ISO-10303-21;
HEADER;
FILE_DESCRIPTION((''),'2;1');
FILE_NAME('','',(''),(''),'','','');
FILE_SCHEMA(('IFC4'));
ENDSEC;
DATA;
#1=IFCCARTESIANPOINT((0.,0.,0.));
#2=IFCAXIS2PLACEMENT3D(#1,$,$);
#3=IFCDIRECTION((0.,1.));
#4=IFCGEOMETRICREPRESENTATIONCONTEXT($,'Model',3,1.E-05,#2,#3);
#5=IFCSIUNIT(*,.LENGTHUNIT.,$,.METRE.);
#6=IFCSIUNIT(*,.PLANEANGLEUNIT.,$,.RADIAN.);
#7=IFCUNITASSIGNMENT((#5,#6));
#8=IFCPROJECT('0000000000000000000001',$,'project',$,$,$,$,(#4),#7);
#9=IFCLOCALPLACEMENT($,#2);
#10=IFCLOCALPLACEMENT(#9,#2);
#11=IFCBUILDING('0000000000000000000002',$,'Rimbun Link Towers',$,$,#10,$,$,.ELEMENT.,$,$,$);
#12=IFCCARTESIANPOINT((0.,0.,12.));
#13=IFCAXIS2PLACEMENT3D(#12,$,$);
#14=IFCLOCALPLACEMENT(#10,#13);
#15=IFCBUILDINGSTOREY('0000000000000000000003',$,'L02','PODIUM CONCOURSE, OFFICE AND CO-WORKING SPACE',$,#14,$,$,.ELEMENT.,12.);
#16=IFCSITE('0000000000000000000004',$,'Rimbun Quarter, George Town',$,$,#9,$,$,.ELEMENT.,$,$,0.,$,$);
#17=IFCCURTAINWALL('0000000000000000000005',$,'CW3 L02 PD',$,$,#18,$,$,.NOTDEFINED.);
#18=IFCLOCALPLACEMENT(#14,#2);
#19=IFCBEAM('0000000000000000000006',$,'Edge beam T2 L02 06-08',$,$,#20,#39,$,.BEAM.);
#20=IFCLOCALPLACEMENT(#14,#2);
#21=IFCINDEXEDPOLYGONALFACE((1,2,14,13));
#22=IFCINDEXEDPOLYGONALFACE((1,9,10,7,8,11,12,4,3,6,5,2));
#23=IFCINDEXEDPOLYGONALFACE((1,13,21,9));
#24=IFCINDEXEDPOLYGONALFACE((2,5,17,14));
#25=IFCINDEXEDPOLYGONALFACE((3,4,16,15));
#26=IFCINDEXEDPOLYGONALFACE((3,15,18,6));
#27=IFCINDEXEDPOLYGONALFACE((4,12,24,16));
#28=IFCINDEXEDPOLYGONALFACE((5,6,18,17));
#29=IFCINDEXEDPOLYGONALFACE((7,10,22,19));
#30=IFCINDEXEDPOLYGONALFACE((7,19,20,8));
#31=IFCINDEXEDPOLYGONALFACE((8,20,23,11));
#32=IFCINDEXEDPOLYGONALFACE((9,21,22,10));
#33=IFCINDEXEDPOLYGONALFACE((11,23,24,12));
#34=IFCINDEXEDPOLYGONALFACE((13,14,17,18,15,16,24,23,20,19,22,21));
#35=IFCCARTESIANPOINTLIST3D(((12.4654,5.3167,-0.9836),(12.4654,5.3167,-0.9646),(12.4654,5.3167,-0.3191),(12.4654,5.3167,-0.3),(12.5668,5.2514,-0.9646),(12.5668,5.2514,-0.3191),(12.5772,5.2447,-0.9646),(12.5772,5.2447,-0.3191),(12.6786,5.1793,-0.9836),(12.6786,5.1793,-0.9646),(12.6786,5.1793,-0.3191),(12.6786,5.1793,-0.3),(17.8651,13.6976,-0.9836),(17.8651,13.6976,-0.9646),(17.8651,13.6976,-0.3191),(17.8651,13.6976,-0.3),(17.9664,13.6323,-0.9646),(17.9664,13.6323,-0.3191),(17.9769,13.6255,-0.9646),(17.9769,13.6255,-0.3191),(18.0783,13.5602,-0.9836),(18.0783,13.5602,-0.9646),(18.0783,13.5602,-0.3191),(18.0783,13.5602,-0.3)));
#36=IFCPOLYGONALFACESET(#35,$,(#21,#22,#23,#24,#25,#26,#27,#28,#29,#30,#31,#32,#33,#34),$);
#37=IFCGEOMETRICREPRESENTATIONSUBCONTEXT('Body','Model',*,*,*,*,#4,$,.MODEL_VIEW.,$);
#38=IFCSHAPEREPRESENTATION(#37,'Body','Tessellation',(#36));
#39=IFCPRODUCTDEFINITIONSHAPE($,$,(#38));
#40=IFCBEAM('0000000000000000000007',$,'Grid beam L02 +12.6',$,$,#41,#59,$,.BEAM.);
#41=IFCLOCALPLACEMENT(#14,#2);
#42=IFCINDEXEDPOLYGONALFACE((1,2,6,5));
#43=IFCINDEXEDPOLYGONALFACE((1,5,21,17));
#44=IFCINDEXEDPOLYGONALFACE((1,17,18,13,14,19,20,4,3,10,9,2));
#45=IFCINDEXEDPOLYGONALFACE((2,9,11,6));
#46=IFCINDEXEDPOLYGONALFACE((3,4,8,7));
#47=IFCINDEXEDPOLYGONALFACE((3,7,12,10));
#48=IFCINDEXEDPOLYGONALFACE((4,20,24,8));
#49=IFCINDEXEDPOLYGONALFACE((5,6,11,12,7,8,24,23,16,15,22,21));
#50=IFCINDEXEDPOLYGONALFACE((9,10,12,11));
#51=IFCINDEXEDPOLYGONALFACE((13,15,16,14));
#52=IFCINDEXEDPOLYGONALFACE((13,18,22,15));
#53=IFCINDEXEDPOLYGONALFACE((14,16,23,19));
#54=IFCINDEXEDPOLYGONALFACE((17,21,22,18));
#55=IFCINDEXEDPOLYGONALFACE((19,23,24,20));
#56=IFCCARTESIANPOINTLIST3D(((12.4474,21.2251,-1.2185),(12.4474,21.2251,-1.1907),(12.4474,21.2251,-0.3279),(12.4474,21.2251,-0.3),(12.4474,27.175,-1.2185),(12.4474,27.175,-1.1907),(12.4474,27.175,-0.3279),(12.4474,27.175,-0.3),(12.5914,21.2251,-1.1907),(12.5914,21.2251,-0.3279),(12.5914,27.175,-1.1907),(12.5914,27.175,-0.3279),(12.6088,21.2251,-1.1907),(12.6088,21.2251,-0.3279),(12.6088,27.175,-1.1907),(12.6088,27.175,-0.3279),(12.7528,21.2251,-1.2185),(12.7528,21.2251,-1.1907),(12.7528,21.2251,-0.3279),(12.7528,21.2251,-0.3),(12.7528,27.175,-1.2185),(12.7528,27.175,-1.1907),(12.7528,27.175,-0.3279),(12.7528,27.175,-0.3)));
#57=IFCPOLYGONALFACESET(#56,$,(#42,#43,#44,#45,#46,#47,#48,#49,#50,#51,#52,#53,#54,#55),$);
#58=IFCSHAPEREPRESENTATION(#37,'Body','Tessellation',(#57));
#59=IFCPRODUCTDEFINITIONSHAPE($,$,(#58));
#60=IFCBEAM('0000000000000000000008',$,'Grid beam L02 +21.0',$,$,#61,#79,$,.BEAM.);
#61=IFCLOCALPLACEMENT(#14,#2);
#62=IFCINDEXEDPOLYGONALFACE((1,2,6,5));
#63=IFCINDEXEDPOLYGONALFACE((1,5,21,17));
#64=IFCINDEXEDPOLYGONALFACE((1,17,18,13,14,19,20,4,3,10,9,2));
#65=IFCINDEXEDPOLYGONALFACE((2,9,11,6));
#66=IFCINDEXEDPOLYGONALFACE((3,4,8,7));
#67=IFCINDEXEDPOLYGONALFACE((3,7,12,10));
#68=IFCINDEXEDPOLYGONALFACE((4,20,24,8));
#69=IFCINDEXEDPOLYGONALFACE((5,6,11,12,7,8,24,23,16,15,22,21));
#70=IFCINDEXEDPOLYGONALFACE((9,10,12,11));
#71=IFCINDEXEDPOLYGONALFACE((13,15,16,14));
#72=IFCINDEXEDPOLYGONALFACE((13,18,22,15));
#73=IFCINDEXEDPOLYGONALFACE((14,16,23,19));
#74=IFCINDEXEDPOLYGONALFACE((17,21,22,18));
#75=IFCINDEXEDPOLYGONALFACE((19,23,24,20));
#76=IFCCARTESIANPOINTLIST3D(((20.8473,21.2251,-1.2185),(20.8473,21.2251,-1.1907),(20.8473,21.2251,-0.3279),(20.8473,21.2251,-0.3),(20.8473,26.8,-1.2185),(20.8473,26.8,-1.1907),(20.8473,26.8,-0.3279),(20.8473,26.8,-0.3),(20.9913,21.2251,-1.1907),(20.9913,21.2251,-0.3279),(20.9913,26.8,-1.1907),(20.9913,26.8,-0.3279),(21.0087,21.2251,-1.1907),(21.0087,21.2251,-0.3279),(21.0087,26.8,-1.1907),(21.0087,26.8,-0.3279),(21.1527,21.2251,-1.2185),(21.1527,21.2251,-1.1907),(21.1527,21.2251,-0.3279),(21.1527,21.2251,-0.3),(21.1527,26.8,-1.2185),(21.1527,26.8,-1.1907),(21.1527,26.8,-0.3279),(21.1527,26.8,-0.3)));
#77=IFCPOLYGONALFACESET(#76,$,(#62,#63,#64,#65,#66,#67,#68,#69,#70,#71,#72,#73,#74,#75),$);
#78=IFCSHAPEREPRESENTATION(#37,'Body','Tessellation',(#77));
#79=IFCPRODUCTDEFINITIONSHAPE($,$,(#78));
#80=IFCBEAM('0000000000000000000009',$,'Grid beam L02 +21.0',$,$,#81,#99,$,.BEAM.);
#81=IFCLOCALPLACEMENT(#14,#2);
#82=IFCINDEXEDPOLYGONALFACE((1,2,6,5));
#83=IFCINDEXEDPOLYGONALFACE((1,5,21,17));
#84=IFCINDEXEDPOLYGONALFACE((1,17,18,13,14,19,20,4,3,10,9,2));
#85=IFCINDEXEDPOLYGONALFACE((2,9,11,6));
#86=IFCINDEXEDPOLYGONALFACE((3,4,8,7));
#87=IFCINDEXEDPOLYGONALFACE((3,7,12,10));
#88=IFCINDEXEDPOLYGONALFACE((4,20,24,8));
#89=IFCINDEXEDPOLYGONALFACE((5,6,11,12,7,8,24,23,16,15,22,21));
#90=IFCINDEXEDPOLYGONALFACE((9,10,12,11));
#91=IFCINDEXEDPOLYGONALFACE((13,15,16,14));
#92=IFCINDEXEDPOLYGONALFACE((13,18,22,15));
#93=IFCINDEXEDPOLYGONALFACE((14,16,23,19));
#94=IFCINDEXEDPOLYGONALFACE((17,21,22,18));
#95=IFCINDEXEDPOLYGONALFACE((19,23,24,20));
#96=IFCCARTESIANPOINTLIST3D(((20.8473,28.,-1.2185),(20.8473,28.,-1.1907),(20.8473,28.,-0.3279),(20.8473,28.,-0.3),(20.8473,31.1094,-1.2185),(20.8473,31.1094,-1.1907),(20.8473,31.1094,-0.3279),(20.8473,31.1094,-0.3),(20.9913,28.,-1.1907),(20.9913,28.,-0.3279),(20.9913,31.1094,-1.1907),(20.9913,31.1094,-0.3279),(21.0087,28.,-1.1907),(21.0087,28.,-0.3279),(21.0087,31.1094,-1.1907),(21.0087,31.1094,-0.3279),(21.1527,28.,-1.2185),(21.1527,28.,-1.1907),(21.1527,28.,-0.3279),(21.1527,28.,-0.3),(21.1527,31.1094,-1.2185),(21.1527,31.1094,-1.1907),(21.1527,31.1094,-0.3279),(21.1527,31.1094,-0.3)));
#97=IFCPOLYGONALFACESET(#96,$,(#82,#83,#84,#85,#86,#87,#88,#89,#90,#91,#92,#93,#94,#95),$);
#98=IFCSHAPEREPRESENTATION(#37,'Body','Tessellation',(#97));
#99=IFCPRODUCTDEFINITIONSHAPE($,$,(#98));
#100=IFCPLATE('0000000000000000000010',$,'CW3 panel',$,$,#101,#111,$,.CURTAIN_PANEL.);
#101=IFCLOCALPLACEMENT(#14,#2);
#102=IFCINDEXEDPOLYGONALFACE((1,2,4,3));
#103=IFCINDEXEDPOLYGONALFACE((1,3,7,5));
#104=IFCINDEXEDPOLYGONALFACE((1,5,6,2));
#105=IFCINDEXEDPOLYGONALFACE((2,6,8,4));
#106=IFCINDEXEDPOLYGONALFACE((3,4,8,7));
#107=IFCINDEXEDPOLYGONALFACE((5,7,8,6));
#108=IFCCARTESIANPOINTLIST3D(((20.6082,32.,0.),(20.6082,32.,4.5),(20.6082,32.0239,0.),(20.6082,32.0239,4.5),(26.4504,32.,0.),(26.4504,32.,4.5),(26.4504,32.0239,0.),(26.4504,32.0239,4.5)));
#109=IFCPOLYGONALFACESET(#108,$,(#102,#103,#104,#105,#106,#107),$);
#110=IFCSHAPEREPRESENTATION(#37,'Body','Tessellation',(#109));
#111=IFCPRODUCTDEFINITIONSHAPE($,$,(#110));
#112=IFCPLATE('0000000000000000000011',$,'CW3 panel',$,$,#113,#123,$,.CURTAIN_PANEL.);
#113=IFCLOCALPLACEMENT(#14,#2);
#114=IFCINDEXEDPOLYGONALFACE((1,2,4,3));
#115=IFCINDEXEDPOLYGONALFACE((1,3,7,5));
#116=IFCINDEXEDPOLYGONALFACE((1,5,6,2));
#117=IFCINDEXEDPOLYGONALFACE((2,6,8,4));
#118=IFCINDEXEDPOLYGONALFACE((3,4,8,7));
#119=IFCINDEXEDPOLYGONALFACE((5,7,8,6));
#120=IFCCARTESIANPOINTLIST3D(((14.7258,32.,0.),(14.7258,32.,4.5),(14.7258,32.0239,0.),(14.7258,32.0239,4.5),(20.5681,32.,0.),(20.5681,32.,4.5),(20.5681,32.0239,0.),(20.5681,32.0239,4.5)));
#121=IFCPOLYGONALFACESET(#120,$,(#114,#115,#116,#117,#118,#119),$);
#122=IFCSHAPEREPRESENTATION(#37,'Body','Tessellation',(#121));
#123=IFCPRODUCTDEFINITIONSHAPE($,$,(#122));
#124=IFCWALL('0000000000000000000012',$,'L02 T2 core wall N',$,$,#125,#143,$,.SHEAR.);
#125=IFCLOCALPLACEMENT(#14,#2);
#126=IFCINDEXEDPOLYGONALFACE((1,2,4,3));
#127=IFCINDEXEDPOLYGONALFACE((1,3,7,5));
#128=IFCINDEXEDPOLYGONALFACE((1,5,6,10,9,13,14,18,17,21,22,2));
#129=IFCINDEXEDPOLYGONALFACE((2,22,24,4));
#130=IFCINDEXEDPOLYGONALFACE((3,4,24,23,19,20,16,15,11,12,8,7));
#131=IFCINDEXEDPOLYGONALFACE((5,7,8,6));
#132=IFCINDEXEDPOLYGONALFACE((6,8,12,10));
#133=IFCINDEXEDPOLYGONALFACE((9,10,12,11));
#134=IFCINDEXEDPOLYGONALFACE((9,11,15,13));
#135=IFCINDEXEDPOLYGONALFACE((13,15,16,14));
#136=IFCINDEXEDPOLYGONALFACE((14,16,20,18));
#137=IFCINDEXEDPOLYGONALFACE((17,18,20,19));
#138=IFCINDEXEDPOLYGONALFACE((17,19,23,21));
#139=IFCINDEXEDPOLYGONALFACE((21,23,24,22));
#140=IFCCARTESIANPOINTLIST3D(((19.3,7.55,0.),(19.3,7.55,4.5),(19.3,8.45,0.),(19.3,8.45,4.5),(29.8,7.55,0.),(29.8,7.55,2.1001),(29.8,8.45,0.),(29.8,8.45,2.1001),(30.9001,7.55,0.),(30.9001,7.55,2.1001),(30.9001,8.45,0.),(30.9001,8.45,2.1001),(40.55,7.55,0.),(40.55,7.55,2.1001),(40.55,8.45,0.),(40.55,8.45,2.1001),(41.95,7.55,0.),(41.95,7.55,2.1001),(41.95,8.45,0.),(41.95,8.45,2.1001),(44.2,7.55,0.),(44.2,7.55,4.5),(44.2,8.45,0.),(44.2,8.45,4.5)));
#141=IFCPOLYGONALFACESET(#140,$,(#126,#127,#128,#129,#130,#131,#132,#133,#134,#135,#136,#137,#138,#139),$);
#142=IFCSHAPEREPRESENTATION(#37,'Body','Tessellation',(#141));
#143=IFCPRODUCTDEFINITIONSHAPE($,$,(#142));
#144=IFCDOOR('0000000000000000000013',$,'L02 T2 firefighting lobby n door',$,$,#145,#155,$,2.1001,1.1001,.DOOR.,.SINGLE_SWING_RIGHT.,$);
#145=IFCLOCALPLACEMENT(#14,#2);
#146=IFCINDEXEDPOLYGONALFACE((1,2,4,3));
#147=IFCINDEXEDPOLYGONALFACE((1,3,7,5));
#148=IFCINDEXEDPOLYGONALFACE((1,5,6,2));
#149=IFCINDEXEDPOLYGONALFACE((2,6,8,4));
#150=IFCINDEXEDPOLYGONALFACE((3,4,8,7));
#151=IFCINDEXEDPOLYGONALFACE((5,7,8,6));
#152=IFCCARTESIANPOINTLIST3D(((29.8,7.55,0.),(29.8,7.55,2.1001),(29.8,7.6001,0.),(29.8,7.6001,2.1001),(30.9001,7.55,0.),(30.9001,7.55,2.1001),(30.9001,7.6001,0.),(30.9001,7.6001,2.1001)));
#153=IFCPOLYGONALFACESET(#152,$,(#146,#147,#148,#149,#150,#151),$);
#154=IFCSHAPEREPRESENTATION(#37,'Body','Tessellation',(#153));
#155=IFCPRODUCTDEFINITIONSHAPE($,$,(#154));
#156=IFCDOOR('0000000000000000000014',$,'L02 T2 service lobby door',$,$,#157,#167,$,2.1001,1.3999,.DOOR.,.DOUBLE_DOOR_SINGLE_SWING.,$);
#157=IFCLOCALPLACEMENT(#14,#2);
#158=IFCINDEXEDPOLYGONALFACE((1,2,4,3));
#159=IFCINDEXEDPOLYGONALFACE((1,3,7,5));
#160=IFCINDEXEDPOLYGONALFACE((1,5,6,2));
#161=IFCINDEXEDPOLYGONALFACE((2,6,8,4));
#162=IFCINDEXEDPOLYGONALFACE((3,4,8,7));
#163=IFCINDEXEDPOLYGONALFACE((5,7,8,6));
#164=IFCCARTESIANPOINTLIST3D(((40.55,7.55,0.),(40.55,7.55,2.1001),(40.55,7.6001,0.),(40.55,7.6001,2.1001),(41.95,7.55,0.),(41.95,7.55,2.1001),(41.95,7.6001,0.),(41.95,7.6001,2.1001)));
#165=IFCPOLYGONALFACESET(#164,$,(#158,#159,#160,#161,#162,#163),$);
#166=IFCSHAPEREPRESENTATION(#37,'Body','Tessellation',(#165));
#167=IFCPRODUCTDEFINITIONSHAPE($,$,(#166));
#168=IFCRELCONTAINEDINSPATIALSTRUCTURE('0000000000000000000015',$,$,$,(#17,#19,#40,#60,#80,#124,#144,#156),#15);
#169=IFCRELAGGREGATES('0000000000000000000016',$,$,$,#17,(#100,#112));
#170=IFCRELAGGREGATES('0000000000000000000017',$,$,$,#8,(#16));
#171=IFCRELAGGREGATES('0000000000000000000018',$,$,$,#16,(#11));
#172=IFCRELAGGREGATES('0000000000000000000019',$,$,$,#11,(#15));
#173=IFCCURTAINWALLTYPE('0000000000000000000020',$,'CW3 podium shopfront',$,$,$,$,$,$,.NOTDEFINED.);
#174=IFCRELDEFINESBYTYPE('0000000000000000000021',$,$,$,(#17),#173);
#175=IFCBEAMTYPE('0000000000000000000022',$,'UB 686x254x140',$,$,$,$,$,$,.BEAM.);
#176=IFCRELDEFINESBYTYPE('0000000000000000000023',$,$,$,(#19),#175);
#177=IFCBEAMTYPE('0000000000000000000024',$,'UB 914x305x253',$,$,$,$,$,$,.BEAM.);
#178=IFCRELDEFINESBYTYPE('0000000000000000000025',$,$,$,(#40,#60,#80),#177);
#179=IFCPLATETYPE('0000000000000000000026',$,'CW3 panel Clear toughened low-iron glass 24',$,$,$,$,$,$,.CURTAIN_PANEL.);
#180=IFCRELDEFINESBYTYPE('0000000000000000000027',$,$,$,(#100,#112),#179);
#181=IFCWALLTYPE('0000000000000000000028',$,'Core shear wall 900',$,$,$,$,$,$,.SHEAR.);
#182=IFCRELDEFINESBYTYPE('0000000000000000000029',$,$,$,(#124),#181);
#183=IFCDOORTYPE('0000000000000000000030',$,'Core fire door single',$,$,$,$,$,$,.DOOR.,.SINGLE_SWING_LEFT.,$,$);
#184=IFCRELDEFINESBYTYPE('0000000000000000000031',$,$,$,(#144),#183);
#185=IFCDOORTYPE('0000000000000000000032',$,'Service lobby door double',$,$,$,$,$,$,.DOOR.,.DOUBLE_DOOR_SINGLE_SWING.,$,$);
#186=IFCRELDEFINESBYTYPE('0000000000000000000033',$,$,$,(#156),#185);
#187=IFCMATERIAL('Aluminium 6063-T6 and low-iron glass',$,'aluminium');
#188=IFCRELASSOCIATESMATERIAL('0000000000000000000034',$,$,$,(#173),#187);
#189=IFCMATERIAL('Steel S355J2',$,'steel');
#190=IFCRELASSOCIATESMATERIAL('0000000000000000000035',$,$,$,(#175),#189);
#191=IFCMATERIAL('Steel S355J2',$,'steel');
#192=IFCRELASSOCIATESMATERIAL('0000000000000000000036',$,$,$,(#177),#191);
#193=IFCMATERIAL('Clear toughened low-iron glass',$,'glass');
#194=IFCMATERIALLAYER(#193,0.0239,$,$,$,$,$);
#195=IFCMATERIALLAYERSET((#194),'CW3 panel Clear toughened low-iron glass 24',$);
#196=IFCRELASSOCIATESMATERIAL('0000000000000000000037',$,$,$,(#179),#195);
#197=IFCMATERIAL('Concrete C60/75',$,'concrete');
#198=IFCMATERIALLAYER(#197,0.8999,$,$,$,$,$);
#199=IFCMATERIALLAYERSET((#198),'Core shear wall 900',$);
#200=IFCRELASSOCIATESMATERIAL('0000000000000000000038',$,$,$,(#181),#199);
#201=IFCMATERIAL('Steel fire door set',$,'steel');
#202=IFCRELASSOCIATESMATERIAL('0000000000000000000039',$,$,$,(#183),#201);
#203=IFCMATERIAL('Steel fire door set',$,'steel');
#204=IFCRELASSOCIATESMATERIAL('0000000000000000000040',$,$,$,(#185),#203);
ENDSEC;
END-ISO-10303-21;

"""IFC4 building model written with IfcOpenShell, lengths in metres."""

from ifc_helpers import new_model, si_unit, direction, frame, frame_2d, origin, origin_2d, place, context, subcontext, project, spatial, rectangle, i_section, extrude, material, layer, layer_set, material_profile, profile_set, type_object, element, fill, aggregate, save


model = new_model("IFC4")

# Units and contexts
model_context = context("Model", 3, precision=1e-05, world=origin(), true_north=direction((0.0, 1.0)))
body_context = subcontext(model_context, "Body", "Model", "MODEL_VIEW")
ifc_project = project(units=[si_unit("LENGTHUNIT", "METRE"), si_unit("PLANEANGLEUNIT", "RADIAN")], contexts=[model_context])

# Site, building, storey
site_placement = place(None, origin())
site = spatial("IfcSite", under=ifc_project, at=site_placement, Name="Rimbun Quarter, George Town", CompositionType="ELEMENT", RefElevation=0.0)
building_placement = place(site_placement, origin())
building = spatial("IfcBuilding", under=site, at=building_placement, Name="Rimbun Link Towers", CompositionType="ELEMENT")
storey_placement = place(building_placement, frame((0.0, 0.0, 12.0)))
storey = spatial("IfcBuildingStorey", under=building, at=storey_placement, Name="L02", Description="PODIUM CONCOURSE, OFFICE AND CO-WORKING SPACE", CompositionType="ELEMENT", Elevation=12.0)

# Curtain wall
ifc_material_1 = material(Name="Aluminium 6063-T6 and low-iron glass", Category="aluminium")
curtain_wall_type = type_object("IfcCurtainWallType", Name="CW3 podium shopfront", PredefinedType="NOTDEFINED", material=ifc_material_1)
curtain_wall_placement = place(storey_placement, origin())
curtain_wall = element("IfcCurtainWall", 1, at=curtain_wall_placement, inside=storey, type_object=curtain_wall_type, Name="CW3 L02 PD", PredefinedType="NOTDEFINED")

# Beams
ifc_material_2 = material(Name="Steel S355J2", Category="steel")
ifc_material_profile_1 = material_profile(ifc_material_2, i_section(OverallWidth=0.2537, OverallDepth=0.6836, WebThickness=0.0125, FlangeThickness=0.019, at=origin_2d()), Name="UB 686x254x140")
ifc_profile_set_1 = profile_set([ifc_material_profile_1], Name="Steel S355J2")
beam_type_1 = type_object("IfcBeamType", Name="UB 686x254x140", PredefinedType="BEAM", material=ifc_profile_set_1)
beam_1_placement = place(storey_placement, frame((17.9717, 13.6289, -0.6418), z_axis=(-0.541606, -0.840632, 0.0), x_axis=(0.840632, -0.541606, 0.0)))
element("IfcBeam", 2, at=beam_1_placement, inside=storey, type_object=beam_type_1, Name="Edge beam T2 L02 06-08", PredefinedType="BEAM", context=body_context, shape_type="SweptSolid", body=[
    extrude(i_section(OverallWidth=0.2537, OverallDepth=0.6836, WebThickness=0.0125, FlangeThickness=0.019, at=origin_2d()), origin(), (0.0, 0.0, 1.0), 9.9697),
])
ifc_material_3 = material(Name="Steel S355J2", Category="steel")
ifc_material_profile_2 = material_profile(ifc_material_3, i_section(OverallWidth=0.3054, OverallDepth=0.9185, WebThickness=0.0173, FlangeThickness=0.0278, at=origin_2d()), Name="UB 914x305x253")
ifc_profile_set_2 = profile_set([ifc_material_profile_2], Name="Steel S355J2")
beam_type_2 = type_object("IfcBeamType", Name="UB 914x305x253", PredefinedType="BEAM", material=ifc_profile_set_2)
beam_2_placement = place(storey_placement, frame((12.6001, 21.2251, -0.7593), z_axis=(0.0, 1.0, 0.0), x_axis=(-1.0, 0.0, 0.0)))
element("IfcBeam", 3, at=beam_2_placement, inside=storey, type_object=beam_type_2, Name="Grid beam L02 +12.6", PredefinedType="BEAM", context=body_context, shape_type="SweptSolid", body=[
    extrude(i_section(OverallWidth=0.3054, OverallDepth=0.9185, WebThickness=0.0173, FlangeThickness=0.0278, at=origin_2d()), origin(), (0.0, 0.0, 1.0), 5.95),
])
beam_3_placement = place(storey_placement, frame((21.0, 21.2251, -0.7593), z_axis=(0.0, 1.0, 0.0), x_axis=(-1.0, 0.0, 0.0)))
element("IfcBeam", 4, at=beam_3_placement, inside=storey, type_object=beam_type_2, Name="Grid beam L02 +21.0", PredefinedType="BEAM", context=body_context, shape_type="SweptSolid", body=[
    extrude(i_section(OverallWidth=0.3054, OverallDepth=0.9185, WebThickness=0.0173, FlangeThickness=0.0278, at=origin_2d()), origin(), (0.0, 0.0, 1.0), 5.575),
])
beam_4_placement = place(storey_placement, frame((21.0, 28.0, -0.7593), z_axis=(0.0, 1.0, 0.0), x_axis=(-1.0, 0.0, 0.0)))
element("IfcBeam", 5, at=beam_4_placement, inside=storey, type_object=beam_type_2, Name="Grid beam L02 +21.0", PredefinedType="BEAM", context=body_context, shape_type="SweptSolid", body=[
    extrude(i_section(OverallWidth=0.3054, OverallDepth=0.9185, WebThickness=0.0173, FlangeThickness=0.0278, at=origin_2d()), origin(), (0.0, 0.0, 1.0), 3.1094),
])

# Plates
ifc_material_4 = material(Name="Clear toughened low-iron glass", Category="glass")
ifc_layer_1 = layer(ifc_material_4, 0.0239)
ifc_layer_set_1 = layer_set([ifc_layer_1], Name="CW3 panel Clear toughened low-iron glass 24")
plate_type = type_object("IfcPlateType", Name="CW3 panel Clear toughened low-iron glass 24", PredefinedType="CURTAIN_PANEL", material=ifc_layer_set_1)
plate_1_placement = place(storey_placement, frame((23.5293, 32.012, 0.0), z_axis=(0.0, 0.0, 1.0), x_axis=(1.0, 0.0, 0.0)))
plate_1 = element("IfcPlate", 6, at=plate_1_placement, type_object=plate_type, Name="CW3 panel", PredefinedType="CURTAIN_PANEL", context=body_context, shape_type="SweptSolid", body=[
    extrude(rectangle(XDim=5.8423, YDim=0.0239, at=origin_2d()), origin(), (0.0, 0.0, 1.0), 4.5),
])
plate_2_placement = place(storey_placement, frame((17.647, 32.012, 0.0), z_axis=(0.0, 0.0, 1.0), x_axis=(1.0, 0.0, 0.0)))
plate_2 = element("IfcPlate", 7, at=plate_2_placement, type_object=plate_type, Name="CW3 panel", PredefinedType="CURTAIN_PANEL", context=body_context, shape_type="SweptSolid", body=[
    extrude(rectangle(XDim=5.8423, YDim=0.0239, at=origin_2d()), origin(), (0.0, 0.0, 1.0), 4.5),
])
aggregate(curtain_wall, [plate_1, plate_2])

# Wall, openings, doors
ifc_material_5 = material(Name="Concrete C60/75", Category="concrete")
ifc_layer_2 = layer(ifc_material_5, 0.8999)
ifc_layer_set_2 = layer_set([ifc_layer_2], Name="Core shear wall 900")
wall_type_1 = type_object("IfcWallType", Name="Core shear wall 900", PredefinedType="SHEAR", material=ifc_layer_set_2)
wall_1_placement = place(storey_placement, frame((19.3, 8.0, 0.0), z_axis=(0.0, 0.0, 1.0), x_axis=(1.0, 0.0, 0.0)))
wall_1 = element("IfcWall", 8, at=wall_1_placement, inside=storey, type_object=wall_type_1, Name="L02 T2 core wall N", PredefinedType="SHEAR", context=body_context, shape_type="SweptSolid", body=[
    extrude(rectangle(XDim=24.8999, YDim=0.8999, at=frame_2d((12.45, 0.0))), origin(), (0.0, 0.0, 1.0), 4.5),
])
opening_1_placement = place(wall_1_placement, frame((10.5, 0.0, 0.0)))
opening_1 = element("IfcOpeningElement", 9, at=opening_1_placement, cuts=wall_1, PredefinedType="OPENING", context=body_context, shape_type="SweptSolid", body=[
    extrude(rectangle(XDim=1.1001, YDim=2.1001, at=frame_2d((0.55, 1.05))), frame((0.0, 0.46, 0.0), z_axis=(0.0, -1.0, 0.0), x_axis=(1.0, 0.0, 0.0)), (0.0, 0.0, 1.0), 0.9199),
])
opening_2_placement = place(wall_1_placement, frame((21.25, 0.0, 0.0)))
opening_2 = element("IfcOpeningElement", 10, at=opening_2_placement, cuts=wall_1, PredefinedType="OPENING", context=body_context, shape_type="SweptSolid", body=[
    extrude(rectangle(XDim=1.3999, YDim=2.1001, at=frame_2d((0.7, 1.05))), frame((0.0, 0.46, 0.0), z_axis=(0.0, -1.0, 0.0), x_axis=(1.0, 0.0, 0.0)), (0.0, 0.0, 1.0), 0.9199),
])
ifc_material_6 = material(Name="Steel fire door set", Category="steel")
door_type_1 = type_object("IfcDoorType", Name="Core fire door single", OperationType="SINGLE_SWING_LEFT", PredefinedType="DOOR", material=ifc_material_6)
door_1_placement = place(opening_1_placement, origin())
door_1 = element("IfcDoor", 11, at=door_1_placement, inside=storey, type_object=door_type_1, Name="L02 T2 firefighting lobby n door", OperationType="SINGLE_SWING_RIGHT", OverallHeight=2.1001, OverallWidth=1.1001, PredefinedType="DOOR", context=body_context, shape_type="SweptSolid", body=[
    extrude(rectangle(XDim=1.1001, YDim=2.1001, at=frame_2d((0.55, 1.05))), frame((0.0, -0.3999, 0.0), z_axis=(0.0, -1.0, 0.0), x_axis=(1.0, 0.0, 0.0)), (0.0, 0.0, 1.0), 0.05),
])
fill(opening_1, door_1)
ifc_material_7 = material(Name="Steel fire door set", Category="steel")
door_type_2 = type_object("IfcDoorType", Name="Service lobby door double", OperationType="DOUBLE_DOOR_SINGLE_SWING", PredefinedType="DOOR", material=ifc_material_7)
door_2_placement = place(opening_2_placement, origin())
door_2 = element("IfcDoor", 12, at=door_2_placement, inside=storey, type_object=door_type_2, Name="L02 T2 service lobby door", OperationType="DOUBLE_DOOR_SINGLE_SWING", OverallHeight=2.1001, OverallWidth=1.3999, PredefinedType="DOOR", context=body_context, shape_type="SweptSolid", body=[
    extrude(rectangle(XDim=1.3999, YDim=2.1001, at=frame_2d((0.7, 1.05))), frame((0.0, -0.3999, 0.0), z_axis=(0.0, -1.0, 0.0), x_axis=(1.0, 0.0, 0.0)), (0.0, 0.0, 1.0), 0.05),
])
fill(opening_2, door_2)

save(model, "model.ifc")
